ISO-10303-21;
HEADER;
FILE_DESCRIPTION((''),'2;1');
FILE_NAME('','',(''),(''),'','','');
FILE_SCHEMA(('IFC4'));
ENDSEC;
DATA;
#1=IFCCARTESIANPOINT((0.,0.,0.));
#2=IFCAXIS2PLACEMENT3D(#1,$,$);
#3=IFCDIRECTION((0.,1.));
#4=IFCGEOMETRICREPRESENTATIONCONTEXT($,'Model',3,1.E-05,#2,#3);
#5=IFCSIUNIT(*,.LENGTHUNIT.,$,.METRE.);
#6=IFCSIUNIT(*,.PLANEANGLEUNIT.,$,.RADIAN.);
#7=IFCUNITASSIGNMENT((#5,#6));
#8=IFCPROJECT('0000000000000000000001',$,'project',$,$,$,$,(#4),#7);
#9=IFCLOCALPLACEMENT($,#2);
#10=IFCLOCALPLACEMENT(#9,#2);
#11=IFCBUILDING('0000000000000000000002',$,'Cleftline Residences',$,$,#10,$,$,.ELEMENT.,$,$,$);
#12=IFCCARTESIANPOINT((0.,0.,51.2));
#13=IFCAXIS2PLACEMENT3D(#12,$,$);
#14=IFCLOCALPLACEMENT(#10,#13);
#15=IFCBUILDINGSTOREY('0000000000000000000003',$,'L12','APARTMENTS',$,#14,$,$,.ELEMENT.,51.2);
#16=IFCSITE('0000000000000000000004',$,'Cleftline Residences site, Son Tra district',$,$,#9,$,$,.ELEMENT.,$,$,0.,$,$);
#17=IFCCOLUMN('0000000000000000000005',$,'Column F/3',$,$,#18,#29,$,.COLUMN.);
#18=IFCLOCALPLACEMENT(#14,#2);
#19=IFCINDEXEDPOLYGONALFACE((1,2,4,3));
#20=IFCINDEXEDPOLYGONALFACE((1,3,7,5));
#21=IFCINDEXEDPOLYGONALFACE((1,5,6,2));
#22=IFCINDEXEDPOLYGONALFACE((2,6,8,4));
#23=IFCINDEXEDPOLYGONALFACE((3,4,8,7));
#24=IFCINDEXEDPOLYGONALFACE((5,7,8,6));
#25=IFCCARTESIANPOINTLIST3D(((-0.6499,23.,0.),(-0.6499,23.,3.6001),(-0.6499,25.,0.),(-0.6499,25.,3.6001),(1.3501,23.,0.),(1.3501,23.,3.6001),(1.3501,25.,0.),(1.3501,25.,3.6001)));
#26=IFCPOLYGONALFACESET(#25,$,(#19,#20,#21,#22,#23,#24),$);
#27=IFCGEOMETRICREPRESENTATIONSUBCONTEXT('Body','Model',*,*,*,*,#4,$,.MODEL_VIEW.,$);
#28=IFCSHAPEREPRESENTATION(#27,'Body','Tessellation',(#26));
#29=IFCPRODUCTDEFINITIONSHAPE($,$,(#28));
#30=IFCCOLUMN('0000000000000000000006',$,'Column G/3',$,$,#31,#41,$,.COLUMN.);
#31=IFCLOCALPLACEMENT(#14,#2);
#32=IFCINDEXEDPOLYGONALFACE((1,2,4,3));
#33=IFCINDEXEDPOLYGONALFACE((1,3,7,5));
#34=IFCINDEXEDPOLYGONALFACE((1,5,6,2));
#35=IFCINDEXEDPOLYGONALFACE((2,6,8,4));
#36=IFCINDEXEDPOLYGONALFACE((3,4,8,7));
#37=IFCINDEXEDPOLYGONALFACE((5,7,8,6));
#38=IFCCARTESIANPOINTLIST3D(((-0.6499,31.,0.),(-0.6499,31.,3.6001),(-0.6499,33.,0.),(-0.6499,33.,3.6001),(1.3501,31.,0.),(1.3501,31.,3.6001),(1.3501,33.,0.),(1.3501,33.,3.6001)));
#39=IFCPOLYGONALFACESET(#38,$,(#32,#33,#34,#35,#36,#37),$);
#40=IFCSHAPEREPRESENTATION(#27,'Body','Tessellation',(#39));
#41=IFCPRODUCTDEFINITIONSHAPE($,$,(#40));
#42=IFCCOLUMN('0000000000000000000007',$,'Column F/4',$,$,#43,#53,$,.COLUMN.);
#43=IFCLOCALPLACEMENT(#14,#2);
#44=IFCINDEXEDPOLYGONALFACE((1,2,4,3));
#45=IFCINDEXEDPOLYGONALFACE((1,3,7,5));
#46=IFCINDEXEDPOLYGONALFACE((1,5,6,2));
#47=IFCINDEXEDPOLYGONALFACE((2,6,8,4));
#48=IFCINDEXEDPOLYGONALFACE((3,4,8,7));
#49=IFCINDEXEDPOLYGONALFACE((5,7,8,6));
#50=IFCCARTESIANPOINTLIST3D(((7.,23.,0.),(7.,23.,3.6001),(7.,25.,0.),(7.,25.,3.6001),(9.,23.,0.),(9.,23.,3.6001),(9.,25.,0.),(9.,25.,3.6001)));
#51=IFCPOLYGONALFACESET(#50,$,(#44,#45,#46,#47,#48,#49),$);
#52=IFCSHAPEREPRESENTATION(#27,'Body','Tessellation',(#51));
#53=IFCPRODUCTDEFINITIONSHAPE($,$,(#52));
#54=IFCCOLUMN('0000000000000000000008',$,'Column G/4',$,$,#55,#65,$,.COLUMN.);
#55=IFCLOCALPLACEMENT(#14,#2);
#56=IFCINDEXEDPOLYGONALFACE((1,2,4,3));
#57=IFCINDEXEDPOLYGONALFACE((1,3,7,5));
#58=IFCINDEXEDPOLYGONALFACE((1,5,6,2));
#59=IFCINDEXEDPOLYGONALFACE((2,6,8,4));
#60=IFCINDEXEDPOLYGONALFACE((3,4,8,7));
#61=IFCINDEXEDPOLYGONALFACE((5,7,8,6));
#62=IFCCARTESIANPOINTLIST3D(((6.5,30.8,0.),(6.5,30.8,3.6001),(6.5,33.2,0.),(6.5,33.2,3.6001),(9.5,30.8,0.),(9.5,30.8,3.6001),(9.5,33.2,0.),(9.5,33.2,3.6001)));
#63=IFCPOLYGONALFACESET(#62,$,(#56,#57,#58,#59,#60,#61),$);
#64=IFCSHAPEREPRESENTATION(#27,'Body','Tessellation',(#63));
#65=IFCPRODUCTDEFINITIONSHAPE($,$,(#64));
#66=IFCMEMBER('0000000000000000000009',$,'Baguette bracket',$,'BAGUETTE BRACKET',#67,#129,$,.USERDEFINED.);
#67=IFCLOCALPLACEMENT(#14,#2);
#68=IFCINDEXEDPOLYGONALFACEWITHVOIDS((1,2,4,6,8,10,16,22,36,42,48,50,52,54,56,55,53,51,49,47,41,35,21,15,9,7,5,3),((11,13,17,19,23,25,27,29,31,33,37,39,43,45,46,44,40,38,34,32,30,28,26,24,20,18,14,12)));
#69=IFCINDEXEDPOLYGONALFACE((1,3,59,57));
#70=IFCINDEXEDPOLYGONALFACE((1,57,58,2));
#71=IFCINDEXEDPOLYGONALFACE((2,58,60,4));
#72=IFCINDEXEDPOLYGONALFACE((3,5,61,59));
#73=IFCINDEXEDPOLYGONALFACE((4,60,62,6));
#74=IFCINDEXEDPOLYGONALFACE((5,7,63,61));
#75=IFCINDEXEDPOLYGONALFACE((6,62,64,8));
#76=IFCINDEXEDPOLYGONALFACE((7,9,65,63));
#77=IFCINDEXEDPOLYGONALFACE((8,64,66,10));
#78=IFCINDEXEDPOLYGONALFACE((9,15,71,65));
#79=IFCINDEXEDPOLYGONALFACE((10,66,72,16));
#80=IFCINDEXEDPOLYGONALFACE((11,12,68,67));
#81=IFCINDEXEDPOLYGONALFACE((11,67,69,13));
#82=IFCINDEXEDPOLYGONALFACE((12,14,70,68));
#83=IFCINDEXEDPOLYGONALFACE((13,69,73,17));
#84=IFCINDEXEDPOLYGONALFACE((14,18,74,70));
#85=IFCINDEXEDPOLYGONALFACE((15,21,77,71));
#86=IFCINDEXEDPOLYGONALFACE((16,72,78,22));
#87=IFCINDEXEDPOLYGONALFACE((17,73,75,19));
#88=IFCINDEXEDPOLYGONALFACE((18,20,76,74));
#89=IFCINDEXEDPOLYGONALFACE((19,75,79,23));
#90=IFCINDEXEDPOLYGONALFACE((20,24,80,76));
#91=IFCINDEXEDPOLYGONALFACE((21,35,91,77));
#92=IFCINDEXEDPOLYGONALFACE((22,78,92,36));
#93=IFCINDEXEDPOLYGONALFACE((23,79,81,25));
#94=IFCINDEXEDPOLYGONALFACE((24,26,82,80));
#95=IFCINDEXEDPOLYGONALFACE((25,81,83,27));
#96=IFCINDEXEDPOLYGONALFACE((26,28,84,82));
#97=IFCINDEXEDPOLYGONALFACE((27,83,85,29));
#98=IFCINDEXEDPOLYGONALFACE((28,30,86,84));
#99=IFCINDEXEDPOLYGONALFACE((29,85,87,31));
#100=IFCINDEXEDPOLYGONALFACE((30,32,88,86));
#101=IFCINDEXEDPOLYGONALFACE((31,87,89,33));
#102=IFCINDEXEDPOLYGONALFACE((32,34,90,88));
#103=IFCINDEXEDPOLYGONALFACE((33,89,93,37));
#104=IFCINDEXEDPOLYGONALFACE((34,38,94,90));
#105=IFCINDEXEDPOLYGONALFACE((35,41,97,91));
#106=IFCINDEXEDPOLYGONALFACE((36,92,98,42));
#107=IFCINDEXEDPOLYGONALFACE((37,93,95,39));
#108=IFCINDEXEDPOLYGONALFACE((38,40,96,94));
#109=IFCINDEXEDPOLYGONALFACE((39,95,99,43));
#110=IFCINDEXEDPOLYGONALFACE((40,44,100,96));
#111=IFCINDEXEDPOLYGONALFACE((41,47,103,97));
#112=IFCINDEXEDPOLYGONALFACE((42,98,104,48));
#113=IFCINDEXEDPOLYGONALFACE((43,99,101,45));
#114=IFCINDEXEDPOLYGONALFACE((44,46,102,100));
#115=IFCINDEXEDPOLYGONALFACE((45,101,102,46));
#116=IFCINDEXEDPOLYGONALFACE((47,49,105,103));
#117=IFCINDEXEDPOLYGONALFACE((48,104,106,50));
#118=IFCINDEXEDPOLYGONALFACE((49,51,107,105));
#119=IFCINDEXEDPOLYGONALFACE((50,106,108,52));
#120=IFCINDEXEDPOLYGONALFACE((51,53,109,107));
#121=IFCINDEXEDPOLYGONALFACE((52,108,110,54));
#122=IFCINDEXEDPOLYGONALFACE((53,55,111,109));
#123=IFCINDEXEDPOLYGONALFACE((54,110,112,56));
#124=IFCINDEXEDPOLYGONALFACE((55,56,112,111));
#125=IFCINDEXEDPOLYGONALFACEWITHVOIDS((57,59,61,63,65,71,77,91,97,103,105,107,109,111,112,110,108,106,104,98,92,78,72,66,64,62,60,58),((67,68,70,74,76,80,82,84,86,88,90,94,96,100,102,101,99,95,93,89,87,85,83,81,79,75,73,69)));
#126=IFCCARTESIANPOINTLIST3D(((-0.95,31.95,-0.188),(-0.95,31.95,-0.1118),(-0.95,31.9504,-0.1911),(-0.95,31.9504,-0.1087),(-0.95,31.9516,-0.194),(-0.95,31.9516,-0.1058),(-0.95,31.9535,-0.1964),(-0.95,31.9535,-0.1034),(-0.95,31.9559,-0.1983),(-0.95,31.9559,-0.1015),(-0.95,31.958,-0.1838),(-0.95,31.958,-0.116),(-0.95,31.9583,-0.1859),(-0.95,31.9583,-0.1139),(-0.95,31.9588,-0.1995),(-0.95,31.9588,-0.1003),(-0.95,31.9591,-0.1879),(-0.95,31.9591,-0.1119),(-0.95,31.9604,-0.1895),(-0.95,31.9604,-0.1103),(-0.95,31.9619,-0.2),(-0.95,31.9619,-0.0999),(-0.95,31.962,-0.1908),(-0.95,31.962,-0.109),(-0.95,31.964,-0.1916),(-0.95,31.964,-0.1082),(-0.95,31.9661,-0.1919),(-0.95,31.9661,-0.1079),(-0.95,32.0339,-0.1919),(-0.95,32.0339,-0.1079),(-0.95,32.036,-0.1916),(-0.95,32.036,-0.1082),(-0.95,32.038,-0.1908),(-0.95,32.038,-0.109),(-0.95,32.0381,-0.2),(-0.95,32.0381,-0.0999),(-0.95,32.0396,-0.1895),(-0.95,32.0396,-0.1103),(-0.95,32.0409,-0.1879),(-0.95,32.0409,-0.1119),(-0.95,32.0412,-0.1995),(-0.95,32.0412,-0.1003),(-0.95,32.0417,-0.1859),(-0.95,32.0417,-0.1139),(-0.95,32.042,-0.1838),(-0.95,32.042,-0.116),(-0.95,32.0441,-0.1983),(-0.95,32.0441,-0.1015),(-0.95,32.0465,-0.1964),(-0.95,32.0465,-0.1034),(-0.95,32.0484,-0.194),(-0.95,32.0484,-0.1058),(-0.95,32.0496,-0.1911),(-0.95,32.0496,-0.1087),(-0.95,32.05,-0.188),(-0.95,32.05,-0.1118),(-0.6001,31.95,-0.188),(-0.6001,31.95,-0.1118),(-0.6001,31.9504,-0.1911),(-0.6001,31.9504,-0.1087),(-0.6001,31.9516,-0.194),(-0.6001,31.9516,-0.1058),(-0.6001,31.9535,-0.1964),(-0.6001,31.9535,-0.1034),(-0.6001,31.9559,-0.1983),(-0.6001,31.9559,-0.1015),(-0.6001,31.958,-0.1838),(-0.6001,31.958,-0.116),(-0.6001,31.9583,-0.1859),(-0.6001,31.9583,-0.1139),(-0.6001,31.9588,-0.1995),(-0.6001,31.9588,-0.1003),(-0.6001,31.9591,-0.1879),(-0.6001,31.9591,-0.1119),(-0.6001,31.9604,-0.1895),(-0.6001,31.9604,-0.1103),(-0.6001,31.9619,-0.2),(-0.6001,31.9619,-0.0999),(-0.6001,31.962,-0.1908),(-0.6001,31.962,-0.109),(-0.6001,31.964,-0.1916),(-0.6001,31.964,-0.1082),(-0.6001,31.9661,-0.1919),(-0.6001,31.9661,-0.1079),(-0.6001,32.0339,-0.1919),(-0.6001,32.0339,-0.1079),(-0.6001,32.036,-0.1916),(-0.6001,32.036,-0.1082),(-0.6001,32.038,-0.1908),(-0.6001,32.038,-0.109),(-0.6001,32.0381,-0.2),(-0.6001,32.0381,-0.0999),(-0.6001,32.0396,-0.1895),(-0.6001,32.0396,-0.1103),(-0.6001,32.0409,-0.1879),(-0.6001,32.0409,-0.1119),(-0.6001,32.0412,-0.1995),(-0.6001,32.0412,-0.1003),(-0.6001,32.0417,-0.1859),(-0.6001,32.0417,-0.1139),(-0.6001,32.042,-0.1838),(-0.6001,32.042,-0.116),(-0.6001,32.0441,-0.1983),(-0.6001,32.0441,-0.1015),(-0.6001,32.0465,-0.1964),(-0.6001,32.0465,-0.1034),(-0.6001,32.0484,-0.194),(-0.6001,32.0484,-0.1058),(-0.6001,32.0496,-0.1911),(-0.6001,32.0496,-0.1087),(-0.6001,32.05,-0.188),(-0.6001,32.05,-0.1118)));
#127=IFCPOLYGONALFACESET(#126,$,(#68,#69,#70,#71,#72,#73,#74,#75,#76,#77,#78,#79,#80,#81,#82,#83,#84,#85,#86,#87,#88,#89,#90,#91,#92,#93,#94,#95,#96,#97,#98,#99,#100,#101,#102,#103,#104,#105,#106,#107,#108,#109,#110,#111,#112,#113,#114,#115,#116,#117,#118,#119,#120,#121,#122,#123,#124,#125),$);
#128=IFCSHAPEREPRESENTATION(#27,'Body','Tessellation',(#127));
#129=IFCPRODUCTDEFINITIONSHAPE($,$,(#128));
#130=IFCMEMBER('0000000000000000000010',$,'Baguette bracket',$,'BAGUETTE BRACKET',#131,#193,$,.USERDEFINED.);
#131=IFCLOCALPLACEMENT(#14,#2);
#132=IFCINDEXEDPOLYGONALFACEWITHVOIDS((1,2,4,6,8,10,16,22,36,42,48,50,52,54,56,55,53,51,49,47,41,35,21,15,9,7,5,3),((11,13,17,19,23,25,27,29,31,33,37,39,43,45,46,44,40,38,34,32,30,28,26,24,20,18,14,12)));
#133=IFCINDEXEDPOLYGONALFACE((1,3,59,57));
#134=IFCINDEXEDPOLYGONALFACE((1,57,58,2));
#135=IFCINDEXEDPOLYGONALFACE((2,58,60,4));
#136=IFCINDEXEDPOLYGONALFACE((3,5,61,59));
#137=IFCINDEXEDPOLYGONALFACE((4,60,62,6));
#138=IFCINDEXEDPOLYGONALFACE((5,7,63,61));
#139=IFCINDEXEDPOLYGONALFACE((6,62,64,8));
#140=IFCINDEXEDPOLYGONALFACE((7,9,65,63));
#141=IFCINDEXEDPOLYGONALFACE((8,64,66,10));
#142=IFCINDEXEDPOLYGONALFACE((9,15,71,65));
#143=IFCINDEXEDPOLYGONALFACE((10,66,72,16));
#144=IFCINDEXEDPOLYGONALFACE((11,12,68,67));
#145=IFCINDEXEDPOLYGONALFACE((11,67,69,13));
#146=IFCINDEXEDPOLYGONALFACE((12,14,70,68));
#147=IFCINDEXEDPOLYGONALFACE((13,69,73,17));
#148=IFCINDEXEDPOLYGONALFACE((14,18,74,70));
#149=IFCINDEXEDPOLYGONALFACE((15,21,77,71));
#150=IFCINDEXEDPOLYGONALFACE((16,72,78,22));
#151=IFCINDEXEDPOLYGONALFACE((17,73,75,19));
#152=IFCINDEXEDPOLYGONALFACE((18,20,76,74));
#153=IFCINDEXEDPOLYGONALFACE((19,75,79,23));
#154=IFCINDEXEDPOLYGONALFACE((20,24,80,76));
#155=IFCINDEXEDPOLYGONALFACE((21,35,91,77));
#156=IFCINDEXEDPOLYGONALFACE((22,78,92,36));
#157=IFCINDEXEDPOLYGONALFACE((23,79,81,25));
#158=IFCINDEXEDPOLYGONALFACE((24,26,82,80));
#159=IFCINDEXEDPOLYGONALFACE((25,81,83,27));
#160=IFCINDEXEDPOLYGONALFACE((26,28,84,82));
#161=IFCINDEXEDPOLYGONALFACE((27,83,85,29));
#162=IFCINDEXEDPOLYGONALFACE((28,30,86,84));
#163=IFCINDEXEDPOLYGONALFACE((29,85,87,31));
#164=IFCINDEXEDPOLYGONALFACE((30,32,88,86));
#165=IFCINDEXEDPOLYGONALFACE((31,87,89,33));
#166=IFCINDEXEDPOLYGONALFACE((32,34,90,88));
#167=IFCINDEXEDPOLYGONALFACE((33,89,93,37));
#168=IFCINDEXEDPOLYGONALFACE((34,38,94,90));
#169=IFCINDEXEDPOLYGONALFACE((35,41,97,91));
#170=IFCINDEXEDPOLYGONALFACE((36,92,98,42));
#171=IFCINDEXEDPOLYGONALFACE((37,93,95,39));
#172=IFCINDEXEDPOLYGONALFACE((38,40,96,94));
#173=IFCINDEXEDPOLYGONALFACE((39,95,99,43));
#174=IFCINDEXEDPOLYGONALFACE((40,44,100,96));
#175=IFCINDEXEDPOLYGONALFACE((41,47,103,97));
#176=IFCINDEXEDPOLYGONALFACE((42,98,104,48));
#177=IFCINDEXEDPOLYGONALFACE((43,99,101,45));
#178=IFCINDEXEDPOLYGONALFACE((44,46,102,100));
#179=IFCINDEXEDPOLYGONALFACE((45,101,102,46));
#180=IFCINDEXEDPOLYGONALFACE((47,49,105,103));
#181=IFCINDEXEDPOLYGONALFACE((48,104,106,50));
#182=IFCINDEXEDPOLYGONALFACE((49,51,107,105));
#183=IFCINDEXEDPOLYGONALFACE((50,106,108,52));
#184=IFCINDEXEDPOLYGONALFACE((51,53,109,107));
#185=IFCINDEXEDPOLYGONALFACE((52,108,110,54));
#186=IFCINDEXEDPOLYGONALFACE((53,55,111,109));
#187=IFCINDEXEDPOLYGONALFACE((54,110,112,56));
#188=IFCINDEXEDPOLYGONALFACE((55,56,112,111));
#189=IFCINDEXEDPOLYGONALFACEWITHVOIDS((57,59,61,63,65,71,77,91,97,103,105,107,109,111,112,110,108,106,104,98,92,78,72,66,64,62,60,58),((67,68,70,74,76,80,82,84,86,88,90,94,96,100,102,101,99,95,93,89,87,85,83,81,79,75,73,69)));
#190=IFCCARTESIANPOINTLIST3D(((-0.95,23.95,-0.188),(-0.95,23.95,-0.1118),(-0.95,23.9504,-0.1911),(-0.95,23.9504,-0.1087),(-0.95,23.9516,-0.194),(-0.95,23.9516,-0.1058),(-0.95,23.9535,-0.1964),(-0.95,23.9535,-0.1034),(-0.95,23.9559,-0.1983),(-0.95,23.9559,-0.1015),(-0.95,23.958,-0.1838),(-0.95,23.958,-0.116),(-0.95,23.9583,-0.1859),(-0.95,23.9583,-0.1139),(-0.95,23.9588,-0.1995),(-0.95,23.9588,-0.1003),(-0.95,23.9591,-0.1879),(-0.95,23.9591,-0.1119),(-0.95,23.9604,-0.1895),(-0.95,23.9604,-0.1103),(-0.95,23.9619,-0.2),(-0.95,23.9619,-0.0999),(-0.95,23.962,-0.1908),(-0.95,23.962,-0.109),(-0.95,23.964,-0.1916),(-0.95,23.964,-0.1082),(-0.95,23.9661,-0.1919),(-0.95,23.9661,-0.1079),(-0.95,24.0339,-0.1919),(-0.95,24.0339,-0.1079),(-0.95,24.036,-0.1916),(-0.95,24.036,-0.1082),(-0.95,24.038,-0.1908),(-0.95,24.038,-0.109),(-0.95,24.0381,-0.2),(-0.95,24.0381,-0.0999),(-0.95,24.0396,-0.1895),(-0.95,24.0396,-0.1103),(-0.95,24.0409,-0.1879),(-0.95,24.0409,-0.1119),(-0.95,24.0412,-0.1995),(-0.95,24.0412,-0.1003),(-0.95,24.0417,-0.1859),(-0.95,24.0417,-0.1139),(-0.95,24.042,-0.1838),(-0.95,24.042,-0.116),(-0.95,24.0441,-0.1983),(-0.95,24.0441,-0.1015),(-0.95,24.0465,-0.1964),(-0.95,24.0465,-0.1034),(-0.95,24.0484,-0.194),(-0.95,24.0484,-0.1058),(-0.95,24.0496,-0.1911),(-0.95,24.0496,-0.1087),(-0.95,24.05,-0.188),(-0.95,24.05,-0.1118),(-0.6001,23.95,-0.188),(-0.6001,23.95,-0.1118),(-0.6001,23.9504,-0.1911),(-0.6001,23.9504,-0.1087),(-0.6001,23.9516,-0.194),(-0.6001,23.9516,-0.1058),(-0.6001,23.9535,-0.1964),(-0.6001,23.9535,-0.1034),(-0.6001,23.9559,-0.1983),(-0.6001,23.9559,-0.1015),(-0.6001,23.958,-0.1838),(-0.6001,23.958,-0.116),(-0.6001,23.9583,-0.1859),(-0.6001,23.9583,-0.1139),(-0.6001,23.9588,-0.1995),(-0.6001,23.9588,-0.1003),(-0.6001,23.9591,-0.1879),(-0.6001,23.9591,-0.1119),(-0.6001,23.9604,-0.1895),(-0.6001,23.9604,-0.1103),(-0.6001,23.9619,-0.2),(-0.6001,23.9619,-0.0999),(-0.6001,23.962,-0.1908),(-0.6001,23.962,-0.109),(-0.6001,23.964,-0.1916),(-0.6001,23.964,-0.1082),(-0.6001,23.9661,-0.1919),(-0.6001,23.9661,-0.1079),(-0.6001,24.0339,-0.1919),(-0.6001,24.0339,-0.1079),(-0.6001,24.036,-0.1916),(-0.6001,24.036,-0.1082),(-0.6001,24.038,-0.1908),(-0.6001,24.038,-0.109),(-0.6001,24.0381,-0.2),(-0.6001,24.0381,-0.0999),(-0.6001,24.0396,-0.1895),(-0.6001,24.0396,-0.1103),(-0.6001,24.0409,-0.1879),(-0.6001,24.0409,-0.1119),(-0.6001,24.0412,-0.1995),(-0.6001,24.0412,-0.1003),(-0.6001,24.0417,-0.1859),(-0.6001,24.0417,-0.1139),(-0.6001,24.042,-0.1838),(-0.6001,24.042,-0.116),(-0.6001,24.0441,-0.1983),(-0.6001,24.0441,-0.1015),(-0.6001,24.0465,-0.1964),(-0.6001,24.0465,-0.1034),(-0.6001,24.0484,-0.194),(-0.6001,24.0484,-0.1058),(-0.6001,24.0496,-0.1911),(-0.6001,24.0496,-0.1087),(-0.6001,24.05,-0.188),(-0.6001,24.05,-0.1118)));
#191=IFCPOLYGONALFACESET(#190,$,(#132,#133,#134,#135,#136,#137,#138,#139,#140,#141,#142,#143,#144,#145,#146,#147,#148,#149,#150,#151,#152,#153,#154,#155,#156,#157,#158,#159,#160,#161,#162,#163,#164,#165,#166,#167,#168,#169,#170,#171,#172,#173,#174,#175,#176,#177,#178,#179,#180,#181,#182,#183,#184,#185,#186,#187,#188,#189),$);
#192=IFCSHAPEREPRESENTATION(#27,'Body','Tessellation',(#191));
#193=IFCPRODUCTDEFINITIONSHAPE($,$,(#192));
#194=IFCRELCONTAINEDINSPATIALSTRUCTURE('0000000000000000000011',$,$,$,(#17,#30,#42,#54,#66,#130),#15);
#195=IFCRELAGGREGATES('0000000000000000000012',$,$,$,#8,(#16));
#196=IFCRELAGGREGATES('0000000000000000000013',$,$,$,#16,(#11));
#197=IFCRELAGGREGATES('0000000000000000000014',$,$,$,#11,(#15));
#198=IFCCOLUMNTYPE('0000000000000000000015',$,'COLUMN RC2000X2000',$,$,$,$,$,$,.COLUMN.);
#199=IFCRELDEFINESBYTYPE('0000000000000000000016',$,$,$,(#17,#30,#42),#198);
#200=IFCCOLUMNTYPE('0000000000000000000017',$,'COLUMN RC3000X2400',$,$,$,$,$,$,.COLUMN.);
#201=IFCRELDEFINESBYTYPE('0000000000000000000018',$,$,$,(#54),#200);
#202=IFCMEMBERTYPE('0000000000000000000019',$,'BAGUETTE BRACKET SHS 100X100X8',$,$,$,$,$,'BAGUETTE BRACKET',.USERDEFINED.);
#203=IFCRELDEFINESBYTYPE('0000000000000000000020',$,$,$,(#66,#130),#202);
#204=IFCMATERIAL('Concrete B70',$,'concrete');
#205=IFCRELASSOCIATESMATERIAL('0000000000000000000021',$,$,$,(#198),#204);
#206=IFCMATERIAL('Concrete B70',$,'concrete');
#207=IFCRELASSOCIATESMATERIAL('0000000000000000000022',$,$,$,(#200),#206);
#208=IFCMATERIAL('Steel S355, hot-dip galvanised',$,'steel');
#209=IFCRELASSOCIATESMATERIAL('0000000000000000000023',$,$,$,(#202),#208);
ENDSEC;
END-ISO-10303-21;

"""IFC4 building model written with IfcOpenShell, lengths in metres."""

from ifc_helpers import new_model, si_unit, direction, frame, origin, origin_2d, place, context, subcontext, project, spatial, rectangle, hollow_rectangle, extrude, material, material_profile, profile_set, type_object, element, save


model = new_model("IFC4")

# Units and contexts
model_context = context("Model", 3, precision=1e-05, world=origin(), true_north=direction((0.0, 1.0)))
body_context = subcontext(model_context, "Body", "Model", "MODEL_VIEW")
ifc_project = project(units=[si_unit("LENGTHUNIT", "METRE"), si_unit("PLANEANGLEUNIT", "RADIAN")], contexts=[model_context])

# Site, building, storey
site_placement = place(None, origin())
site = spatial("IfcSite", under=ifc_project, at=site_placement, Name="Cleftline Residences site, Son Tra district", CompositionType="ELEMENT", RefElevation=0.0)
building_placement = place(site_placement, origin())
building = spatial("IfcBuilding", under=site, at=building_placement, Name="Cleftline Residences", CompositionType="ELEMENT")
storey_placement = place(building_placement, frame((0.0, 0.0, 51.2)))
storey = spatial("IfcBuildingStorey", under=building, at=storey_placement, Name="L12", Description="APARTMENTS", CompositionType="ELEMENT", Elevation=51.2)

# Columns
ifc_material_1 = material(Name="Concrete B70", Category="concrete")
ifc_material_profile_1 = material_profile(ifc_material_1, rectangle(XDim=2.0, YDim=2.0, at=origin_2d()))
ifc_profile_set_1 = profile_set([ifc_material_profile_1], Name="Concrete B70")
column_type_1 = type_object("IfcColumnType", Name="COLUMN RC2000X2000", PredefinedType="COLUMN", material=ifc_profile_set_1)
for number, where, z_axis, x_axis, name in (
    (1, (0.3501, 24.0, 0.0), (0.0, 0.0, 1.0), (1.0, 0.0, 0.0), "Column F/3"),
    (2, (0.3501, 32.0, 0.0), (0.0, 0.0, 1.0), (1.0, 0.0, 0.0), "Column G/3"),
    (3, (8.0, 24.0, 0.0), (0.0, 0.0, 1.0), (1.0, 0.0, 0.0), "Column F/4"),
):
    element("IfcColumn", number, at=place(storey_placement, frame(where, z_axis=z_axis, x_axis=x_axis)), inside=storey, type_object=column_type_1, Name=name, PredefinedType="COLUMN", context=body_context, shape_type="SweptSolid", body=[
        extrude(rectangle(XDim=2.0, YDim=2.0, at=origin_2d()), origin(), (0.0, 0.0, 1.0), 3.6001),
    ])
ifc_material_2 = material(Name="Concrete B70", Category="concrete")
ifc_material_profile_2 = material_profile(ifc_material_2, rectangle(XDim=3.0, YDim=2.3999, at=origin_2d()))
ifc_profile_set_2 = profile_set([ifc_material_profile_2], Name="Concrete B70")
column_type_2 = type_object("IfcColumnType", Name="COLUMN RC3000X2400", PredefinedType="COLUMN", material=ifc_profile_set_2)
column_placement = place(storey_placement, frame((8.0, 32.0, 0.0), z_axis=(0.0, 0.0, 1.0), x_axis=(1.0, 0.0, 0.0)))
element("IfcColumn", 4, at=column_placement, inside=storey, type_object=column_type_2, Name="Column G/4", PredefinedType="COLUMN", context=body_context, shape_type="SweptSolid", body=[
    extrude(rectangle(XDim=3.0, YDim=2.3999, at=origin_2d()), origin(), (0.0, 0.0, 1.0), 3.6001),
])

# Members
ifc_material_3 = material(Name="Steel S355, hot-dip galvanised", Category="steel")
ifc_material_profile_3 = material_profile(ifc_material_3, hollow_rectangle(XDim=0.1001, YDim=0.1001, WallThickness=0.0081, InnerFilletRadius=0.0081, OuterFilletRadius=0.012, at=origin_2d()))
ifc_profile_set_3 = profile_set([ifc_material_profile_3], Name="Steel S355, hot-dip galvanised")
member_type_1 = type_object("IfcMemberType", Name="BAGUETTE BRACKET SHS 100X100X8", ElementType="BAGUETTE BRACKET", PredefinedType="USERDEFINED", material=ifc_profile_set_3)
for number, where, z_axis, x_axis, name in (
    (5, (-0.6001, 32.0, -0.1499), (-1.0, 0.0, 0.0), (0.0, -1.0, 0.0), "Baguette bracket"),
    (6, (-0.6001, 24.0, -0.1499), (-1.0, 0.0, 0.0), (0.0, -1.0, 0.0), "Baguette bracket"),
):
    element("IfcMember", number, at=place(storey_placement, frame(where, z_axis=z_axis, x_axis=x_axis)), inside=storey, type_object=member_type_1, Name=name, ObjectType="BAGUETTE BRACKET", PredefinedType="USERDEFINED", context=body_context, shape_type="SweptSolid", body=[
        extrude(hollow_rectangle(XDim=0.1001, YDim=0.1001, WallThickness=0.0081, InnerFilletRadius=0.0081, OuterFilletRadius=0.012, at=origin_2d()), origin(), (0.0, 0.0, 1.0), 0.3499),
    ])

save(model, "model.ifc")
